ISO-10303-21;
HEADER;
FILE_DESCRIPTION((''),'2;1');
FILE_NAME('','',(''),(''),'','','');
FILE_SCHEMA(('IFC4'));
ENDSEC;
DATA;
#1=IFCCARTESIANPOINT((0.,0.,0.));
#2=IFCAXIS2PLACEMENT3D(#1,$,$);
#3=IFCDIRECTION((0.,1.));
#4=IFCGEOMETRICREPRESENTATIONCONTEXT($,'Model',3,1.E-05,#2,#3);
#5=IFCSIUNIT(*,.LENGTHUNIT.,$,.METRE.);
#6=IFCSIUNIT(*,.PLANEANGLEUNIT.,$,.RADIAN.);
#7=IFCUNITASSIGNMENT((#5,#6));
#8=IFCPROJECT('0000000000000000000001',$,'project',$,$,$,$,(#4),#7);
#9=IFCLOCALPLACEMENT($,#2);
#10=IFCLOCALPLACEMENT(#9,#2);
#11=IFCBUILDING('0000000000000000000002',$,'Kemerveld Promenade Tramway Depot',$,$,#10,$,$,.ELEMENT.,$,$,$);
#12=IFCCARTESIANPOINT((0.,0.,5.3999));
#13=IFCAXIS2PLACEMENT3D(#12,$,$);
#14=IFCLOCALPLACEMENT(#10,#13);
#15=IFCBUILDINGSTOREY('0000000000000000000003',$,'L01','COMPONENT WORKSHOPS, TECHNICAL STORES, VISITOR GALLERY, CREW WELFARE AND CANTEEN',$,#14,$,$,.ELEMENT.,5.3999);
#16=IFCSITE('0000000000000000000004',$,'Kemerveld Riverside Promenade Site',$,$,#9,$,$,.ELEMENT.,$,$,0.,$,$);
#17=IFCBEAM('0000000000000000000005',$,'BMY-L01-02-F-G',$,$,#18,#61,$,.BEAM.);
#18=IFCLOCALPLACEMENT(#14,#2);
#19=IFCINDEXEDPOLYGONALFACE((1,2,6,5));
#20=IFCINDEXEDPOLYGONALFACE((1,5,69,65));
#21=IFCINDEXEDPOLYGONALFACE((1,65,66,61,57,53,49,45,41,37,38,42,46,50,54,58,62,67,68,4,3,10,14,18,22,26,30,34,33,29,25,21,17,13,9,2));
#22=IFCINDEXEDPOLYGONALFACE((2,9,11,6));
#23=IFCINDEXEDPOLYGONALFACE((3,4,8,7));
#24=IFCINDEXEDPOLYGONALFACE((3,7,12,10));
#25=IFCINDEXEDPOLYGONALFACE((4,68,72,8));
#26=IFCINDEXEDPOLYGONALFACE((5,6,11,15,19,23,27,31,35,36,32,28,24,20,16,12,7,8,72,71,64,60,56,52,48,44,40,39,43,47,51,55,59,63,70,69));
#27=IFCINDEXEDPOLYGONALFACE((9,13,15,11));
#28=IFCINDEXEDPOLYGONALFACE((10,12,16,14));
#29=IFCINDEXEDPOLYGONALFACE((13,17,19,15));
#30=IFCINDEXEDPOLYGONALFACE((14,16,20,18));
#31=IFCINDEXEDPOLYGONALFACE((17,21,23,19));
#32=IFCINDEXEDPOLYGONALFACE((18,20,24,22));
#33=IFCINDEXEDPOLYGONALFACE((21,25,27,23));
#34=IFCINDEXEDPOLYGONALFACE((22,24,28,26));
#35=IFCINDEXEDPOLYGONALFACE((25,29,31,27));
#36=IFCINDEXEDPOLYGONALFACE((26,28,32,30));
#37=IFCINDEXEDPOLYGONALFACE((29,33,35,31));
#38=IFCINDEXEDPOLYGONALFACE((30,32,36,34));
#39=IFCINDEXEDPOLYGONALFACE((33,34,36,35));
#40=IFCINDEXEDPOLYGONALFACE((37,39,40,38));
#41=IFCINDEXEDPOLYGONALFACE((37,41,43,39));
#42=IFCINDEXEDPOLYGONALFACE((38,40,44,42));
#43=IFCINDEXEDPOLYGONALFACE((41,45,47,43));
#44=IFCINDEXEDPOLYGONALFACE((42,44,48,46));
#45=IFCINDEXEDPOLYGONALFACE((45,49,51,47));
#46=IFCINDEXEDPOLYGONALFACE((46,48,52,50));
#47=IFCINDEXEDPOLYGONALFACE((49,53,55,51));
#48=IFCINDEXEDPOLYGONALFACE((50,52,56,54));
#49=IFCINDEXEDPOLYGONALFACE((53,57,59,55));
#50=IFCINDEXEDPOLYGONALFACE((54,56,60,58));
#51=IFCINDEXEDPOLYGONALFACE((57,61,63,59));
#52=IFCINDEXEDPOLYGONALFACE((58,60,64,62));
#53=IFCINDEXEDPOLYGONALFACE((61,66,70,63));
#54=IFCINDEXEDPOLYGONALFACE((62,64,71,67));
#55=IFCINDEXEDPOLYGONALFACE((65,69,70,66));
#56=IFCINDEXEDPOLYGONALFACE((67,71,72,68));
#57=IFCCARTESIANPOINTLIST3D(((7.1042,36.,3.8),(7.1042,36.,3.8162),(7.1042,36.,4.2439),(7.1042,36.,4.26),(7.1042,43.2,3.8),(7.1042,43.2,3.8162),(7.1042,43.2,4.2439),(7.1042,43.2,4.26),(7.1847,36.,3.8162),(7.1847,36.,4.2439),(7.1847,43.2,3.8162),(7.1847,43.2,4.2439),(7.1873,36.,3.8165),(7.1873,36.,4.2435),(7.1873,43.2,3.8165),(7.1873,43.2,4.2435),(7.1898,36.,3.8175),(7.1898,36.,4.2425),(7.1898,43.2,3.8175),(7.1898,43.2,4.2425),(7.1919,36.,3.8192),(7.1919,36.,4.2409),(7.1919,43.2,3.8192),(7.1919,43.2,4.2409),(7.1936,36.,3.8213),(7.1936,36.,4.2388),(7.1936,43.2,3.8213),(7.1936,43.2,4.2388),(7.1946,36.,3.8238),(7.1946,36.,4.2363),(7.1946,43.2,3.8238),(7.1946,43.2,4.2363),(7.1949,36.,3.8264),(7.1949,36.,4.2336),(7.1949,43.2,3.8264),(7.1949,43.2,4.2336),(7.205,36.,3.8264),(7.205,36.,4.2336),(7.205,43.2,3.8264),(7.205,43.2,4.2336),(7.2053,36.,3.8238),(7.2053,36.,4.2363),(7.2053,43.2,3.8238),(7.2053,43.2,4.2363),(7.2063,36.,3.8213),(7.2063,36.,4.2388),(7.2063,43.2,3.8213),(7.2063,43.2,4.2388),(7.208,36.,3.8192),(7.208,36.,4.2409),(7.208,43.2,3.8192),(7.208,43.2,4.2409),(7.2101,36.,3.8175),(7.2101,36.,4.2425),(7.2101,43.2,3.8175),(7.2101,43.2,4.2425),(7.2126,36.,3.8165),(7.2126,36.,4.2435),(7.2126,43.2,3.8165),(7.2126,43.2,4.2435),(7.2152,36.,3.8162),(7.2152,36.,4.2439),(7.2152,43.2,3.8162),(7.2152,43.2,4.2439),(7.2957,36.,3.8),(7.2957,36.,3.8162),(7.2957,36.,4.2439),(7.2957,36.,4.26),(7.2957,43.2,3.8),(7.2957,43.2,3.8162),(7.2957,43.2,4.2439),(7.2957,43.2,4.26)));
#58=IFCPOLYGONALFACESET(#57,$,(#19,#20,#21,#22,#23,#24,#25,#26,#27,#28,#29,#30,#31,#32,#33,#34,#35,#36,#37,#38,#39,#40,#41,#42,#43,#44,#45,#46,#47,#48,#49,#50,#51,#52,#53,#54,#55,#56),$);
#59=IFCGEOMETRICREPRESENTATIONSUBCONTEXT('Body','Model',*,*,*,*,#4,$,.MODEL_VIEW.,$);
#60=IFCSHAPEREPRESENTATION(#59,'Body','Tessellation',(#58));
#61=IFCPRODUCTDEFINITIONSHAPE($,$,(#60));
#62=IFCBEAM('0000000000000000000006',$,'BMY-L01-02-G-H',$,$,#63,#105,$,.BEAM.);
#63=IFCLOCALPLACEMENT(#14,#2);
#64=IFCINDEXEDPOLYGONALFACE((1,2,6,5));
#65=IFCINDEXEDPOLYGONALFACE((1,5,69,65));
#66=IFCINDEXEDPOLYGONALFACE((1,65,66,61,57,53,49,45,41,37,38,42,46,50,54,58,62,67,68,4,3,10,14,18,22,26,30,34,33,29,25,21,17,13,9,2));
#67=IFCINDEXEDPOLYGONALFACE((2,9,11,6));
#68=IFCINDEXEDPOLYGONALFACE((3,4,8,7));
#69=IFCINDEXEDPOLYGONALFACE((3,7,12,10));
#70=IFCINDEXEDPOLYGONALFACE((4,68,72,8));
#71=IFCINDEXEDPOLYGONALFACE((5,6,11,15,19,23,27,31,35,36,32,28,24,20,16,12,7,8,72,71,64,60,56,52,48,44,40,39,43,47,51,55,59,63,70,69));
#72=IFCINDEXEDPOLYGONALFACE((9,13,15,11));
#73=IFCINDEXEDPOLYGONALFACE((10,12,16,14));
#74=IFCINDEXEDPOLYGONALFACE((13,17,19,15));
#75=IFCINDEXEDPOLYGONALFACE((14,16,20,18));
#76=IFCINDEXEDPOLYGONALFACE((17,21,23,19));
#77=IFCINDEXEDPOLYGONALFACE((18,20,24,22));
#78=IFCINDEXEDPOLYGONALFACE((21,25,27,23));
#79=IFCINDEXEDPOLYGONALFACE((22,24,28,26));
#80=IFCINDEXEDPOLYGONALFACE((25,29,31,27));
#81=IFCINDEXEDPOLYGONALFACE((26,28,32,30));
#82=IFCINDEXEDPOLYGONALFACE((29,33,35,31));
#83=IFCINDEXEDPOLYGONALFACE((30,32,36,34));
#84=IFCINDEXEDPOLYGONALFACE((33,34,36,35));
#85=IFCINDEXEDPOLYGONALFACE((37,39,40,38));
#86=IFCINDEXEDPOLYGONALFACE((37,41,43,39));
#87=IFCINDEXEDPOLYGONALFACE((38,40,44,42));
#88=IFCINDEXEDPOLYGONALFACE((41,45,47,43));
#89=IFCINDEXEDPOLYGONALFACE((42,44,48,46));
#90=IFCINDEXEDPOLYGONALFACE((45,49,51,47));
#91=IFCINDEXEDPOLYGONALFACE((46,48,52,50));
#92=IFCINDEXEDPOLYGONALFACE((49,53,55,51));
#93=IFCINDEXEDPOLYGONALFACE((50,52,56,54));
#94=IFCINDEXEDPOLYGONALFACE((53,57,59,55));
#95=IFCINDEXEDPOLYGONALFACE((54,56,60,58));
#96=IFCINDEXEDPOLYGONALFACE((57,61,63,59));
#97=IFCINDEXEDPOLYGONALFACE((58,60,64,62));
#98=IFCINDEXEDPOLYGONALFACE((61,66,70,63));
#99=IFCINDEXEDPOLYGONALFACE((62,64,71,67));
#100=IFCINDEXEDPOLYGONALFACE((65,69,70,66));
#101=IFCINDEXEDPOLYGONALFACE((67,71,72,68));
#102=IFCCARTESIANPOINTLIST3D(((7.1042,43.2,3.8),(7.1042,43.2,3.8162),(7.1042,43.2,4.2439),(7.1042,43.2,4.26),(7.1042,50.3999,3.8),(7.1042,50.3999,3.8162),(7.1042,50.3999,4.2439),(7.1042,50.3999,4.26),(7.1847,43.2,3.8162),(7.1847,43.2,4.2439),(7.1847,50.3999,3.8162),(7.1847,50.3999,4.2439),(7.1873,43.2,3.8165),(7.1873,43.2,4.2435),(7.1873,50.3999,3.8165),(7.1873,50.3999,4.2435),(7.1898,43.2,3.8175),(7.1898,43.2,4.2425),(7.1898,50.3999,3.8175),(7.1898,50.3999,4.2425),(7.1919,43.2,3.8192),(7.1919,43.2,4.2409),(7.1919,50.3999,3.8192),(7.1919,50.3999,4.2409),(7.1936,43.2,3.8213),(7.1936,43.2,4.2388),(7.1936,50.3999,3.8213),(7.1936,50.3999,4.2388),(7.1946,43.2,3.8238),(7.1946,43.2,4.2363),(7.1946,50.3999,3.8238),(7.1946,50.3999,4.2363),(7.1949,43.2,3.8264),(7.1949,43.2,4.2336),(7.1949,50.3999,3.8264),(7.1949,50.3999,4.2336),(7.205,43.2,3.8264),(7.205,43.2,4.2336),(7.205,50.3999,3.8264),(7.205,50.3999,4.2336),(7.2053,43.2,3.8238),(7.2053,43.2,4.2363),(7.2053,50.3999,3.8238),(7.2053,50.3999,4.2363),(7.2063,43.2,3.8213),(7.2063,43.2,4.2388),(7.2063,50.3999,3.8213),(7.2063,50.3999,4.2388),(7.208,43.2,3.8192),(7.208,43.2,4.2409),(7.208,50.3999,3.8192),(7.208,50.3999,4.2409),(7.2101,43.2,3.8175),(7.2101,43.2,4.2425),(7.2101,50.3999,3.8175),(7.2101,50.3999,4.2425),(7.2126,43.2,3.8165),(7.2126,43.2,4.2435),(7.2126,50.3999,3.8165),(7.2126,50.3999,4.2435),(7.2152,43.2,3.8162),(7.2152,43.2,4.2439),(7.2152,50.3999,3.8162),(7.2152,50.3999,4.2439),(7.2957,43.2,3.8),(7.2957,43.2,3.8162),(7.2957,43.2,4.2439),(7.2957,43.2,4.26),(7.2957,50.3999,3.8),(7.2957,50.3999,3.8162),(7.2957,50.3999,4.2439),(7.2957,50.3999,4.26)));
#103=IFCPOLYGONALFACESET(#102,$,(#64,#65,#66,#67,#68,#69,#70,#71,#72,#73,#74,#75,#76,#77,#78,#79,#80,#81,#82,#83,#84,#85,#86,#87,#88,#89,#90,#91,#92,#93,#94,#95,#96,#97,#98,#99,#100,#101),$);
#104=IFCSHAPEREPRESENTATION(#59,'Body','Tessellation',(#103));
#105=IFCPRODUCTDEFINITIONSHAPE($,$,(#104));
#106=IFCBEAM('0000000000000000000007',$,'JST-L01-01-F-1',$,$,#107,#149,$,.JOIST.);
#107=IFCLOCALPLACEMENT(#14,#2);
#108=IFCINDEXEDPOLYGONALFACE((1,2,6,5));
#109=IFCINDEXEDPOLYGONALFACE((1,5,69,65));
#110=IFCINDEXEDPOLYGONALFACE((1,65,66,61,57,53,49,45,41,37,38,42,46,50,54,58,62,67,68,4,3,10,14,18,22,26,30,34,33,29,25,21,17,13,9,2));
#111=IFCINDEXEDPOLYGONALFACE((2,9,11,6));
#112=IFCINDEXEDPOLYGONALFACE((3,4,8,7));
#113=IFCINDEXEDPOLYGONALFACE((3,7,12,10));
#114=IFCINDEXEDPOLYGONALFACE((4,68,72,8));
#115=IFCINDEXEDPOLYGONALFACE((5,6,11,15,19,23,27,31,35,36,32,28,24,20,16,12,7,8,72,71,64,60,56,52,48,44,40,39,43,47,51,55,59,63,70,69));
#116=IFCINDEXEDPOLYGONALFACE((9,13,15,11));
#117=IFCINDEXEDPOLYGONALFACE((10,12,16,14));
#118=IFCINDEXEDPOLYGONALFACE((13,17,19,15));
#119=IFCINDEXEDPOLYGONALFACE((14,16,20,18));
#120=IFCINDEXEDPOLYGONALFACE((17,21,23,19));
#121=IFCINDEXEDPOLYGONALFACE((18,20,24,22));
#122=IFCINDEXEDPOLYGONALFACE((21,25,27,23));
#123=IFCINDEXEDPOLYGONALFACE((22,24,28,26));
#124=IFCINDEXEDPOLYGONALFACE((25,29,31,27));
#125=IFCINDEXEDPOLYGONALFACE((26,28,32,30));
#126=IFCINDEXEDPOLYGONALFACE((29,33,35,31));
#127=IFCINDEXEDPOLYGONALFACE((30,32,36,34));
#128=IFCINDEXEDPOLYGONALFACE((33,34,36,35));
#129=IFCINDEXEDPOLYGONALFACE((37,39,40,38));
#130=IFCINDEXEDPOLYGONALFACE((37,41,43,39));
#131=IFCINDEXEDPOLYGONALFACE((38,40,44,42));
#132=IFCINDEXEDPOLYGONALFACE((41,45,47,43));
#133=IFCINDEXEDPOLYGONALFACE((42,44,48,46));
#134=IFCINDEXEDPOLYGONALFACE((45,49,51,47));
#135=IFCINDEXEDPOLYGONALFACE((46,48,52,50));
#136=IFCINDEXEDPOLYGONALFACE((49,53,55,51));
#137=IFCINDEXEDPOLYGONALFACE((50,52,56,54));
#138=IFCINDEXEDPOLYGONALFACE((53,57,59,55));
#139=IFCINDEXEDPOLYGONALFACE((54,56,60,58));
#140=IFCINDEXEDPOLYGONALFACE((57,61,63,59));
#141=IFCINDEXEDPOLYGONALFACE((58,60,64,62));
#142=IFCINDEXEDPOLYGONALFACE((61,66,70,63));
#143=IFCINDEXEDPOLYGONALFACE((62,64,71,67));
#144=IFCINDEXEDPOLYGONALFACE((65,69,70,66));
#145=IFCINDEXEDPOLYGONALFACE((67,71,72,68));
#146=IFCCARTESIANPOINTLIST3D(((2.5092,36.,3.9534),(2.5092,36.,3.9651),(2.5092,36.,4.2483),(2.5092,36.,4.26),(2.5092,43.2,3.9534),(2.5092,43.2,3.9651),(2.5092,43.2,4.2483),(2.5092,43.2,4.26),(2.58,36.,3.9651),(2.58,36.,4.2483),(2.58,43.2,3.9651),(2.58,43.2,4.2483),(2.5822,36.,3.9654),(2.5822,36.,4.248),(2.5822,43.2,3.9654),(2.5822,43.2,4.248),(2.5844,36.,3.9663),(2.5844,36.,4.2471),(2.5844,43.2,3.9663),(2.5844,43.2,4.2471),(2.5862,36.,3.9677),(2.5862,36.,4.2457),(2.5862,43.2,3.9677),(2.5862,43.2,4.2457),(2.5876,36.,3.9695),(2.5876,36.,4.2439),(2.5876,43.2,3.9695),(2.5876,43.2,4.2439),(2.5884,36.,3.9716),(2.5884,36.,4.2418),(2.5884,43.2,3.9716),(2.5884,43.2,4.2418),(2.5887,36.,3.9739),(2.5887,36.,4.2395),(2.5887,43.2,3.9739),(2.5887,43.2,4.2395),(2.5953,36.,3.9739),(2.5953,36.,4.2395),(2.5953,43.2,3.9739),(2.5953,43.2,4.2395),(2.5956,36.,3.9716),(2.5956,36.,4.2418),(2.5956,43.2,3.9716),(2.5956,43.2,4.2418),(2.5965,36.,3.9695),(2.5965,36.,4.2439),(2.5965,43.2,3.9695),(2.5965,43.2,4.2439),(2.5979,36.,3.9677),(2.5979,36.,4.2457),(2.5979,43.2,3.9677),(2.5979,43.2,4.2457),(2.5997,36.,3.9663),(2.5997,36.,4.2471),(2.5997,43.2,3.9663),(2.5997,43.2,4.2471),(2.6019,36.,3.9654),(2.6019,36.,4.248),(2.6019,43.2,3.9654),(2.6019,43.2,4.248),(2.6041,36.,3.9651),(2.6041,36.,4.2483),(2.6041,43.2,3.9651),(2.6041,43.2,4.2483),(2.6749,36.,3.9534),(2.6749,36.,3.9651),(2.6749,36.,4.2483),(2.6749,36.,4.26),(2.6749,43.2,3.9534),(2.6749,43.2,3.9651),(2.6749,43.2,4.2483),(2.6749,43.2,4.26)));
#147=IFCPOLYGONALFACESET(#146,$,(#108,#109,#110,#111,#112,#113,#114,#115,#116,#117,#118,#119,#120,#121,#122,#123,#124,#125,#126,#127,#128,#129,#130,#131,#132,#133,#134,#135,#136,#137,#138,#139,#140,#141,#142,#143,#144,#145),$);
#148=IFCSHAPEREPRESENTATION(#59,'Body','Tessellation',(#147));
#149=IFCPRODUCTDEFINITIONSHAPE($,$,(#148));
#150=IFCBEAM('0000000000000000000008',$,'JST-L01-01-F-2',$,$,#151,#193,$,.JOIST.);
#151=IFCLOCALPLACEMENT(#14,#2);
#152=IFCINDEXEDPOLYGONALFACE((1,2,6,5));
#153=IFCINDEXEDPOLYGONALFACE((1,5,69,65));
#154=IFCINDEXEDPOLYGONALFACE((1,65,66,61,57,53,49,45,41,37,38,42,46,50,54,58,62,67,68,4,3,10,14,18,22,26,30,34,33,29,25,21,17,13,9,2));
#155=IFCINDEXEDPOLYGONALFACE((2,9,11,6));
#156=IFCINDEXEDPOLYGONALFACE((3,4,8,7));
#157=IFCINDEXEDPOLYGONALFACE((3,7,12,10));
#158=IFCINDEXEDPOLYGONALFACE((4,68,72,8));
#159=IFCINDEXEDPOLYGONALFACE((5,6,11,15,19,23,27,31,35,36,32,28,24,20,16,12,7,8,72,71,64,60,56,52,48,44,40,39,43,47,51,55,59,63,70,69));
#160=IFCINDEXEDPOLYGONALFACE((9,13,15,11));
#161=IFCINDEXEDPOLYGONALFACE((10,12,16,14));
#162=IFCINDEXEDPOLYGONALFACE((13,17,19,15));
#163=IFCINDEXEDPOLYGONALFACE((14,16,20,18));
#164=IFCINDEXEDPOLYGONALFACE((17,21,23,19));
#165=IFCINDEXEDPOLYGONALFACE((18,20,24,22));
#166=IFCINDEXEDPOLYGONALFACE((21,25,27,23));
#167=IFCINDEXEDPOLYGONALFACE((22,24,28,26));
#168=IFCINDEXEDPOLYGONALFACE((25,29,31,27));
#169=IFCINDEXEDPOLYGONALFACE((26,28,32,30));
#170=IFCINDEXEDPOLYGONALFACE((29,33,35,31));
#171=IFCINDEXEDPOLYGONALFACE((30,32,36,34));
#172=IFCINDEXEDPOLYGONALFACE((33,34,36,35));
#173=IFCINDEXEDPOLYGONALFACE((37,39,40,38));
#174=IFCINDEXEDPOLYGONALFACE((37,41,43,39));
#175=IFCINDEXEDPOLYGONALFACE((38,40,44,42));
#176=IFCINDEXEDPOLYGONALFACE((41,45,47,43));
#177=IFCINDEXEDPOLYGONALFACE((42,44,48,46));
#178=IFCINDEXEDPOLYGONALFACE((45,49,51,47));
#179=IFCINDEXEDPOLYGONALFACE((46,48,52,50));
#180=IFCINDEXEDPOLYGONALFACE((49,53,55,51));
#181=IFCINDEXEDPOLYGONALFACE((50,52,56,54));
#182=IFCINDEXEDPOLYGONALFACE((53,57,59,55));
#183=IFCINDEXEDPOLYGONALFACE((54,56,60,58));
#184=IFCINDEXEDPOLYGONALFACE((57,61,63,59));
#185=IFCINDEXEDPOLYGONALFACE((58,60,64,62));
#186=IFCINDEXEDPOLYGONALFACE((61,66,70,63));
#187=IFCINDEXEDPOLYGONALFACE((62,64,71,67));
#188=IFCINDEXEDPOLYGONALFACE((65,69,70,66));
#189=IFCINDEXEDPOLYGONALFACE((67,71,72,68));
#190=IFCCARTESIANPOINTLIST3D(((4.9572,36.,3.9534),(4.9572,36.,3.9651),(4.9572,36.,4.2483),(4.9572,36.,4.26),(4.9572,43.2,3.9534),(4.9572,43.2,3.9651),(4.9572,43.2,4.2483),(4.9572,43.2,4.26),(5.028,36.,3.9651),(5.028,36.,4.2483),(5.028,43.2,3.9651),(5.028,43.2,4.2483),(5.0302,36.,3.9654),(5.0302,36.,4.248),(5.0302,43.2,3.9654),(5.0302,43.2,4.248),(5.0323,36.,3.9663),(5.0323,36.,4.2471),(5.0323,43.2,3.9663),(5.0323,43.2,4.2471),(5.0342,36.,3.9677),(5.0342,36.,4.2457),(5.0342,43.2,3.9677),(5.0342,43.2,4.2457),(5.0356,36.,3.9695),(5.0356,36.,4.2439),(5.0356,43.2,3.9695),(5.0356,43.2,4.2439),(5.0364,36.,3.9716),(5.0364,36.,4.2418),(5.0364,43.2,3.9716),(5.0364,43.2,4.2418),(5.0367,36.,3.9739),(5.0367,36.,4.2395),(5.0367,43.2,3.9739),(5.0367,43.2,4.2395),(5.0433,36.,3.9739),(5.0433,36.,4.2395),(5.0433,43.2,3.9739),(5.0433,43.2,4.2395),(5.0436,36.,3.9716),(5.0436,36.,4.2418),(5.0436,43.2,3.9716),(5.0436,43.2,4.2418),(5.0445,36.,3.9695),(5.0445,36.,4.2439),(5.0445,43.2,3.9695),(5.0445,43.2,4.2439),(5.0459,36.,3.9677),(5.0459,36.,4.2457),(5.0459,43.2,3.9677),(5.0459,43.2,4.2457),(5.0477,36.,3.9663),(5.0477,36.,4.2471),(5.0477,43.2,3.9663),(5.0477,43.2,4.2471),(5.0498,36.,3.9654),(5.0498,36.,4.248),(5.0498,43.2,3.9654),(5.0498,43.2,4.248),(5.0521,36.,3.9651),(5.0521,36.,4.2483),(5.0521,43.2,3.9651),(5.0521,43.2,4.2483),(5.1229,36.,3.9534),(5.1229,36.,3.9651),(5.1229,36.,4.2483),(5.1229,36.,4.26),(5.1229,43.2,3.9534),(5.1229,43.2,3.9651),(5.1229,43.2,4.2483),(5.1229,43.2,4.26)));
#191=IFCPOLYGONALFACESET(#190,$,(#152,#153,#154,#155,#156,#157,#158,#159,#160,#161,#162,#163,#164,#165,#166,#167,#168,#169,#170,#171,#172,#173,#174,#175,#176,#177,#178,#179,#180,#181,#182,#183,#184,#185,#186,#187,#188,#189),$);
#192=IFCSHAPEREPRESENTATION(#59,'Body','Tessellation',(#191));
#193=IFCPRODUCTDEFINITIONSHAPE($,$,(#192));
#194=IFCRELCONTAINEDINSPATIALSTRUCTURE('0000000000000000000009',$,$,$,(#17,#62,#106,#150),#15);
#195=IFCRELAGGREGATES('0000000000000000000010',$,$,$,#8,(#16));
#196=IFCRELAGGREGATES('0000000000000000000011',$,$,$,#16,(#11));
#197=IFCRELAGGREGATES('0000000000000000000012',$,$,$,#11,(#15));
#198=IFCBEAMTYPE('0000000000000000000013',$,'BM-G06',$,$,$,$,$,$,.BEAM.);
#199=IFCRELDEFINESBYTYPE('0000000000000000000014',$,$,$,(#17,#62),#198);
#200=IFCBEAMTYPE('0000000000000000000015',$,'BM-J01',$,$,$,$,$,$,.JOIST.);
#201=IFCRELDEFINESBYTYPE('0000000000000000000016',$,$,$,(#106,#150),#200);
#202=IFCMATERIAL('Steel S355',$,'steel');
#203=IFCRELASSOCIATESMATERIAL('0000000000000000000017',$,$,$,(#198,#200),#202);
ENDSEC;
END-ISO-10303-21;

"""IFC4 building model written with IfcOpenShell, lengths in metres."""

from ifc_helpers import new_model, si_unit, direction, frame, origin, origin_2d, place, context, subcontext, project, spatial, i_section, extrude, material, material_profile, profile_set, type_object, element, save


model = new_model("IFC4")

# Units and contexts
model_context = context("Model", 3, precision=1e-05, world=origin(), true_north=direction((0.0, 1.0)))
body_context = subcontext(model_context, "Body", "Model", "MODEL_VIEW")
ifc_project = project(units=[si_unit("LENGTHUNIT", "METRE"), si_unit("PLANEANGLEUNIT", "RADIAN")], contexts=[model_context])

# Site, building, storey
site_placement = place(None, origin())
site = spatial("IfcSite", under=ifc_project, at=site_placement, Name="Kemerveld Riverside Promenade Site", CompositionType="ELEMENT", RefElevation=0.0)
building_placement = place(site_placement, origin())
building = spatial("IfcBuilding", under=site, at=building_placement, Name="Kemerveld Promenade Tramway Depot", CompositionType="ELEMENT")
storey_placement = place(building_placement, frame((0.0, 0.0, 5.3999)))
storey = spatial("IfcBuildingStorey", under=building, at=storey_placement, Name="L01", Description="COMPONENT WORKSHOPS, TECHNICAL STORES, VISITOR GALLERY, CREW WELFARE AND CANTEEN", CompositionType="ELEMENT", Elevation=5.3999)

# Shared definitions
ifc_material_1 = material(Name="Steel S355", Category="steel")

# Beams
ifc_material_profile_1 = material_profile(ifc_material_1, i_section(OverallWidth=0.1914, OverallDepth=0.46, WebThickness=0.01, FlangeThickness=0.0161, FilletRadius=0.0103, at=origin_2d()), Name="457x191x82 UB")
ifc_profile_set_1 = profile_set([ifc_material_profile_1], Name="Steel S355")
beam_type_1 = type_object("IfcBeamType", Name="BM-G06", PredefinedType="BEAM", material=ifc_profile_set_1)
for number, where, z_axis, x_axis, name in (
    (1, (7.2, 36.0, 4.03), (0.0, 1.0, 0.0), (-1.0, 0.0, 0.0), "BMY-L01-02-F-G"),
    (2, (7.2, 43.2, 4.03), (0.0, 1.0, 0.0), (-1.0, 0.0, 0.0), "BMY-L01-02-G-H"),
):
    element("IfcBeam", number, at=place(storey_placement, frame(where, z_axis=z_axis, x_axis=x_axis)), inside=storey, type_object=beam_type_1, Name=name, PredefinedType="BEAM", context=body_context, shape_type="SweptSolid", body=[
        extrude(i_section(OverallWidth=0.1914, OverallDepth=0.46, WebThickness=0.01, FlangeThickness=0.0161, FilletRadius=0.0103, at=origin_2d()), origin(), (0.0, 0.0, 1.0), 7.2),
    ])
ifc_material_profile_2 = material_profile(ifc_material_1, i_section(OverallWidth=0.1658, OverallDepth=0.3066, WebThickness=0.0066, FlangeThickness=0.0117, FilletRadius=0.0088, at=origin_2d()), Name="305x165x46 UB")
ifc_profile_set_2 = profile_set([ifc_material_profile_2], Name="Steel S355")
beam_type_2 = type_object("IfcBeamType", Name="BM-J01", PredefinedType="JOIST", material=ifc_profile_set_2)
for number, where, z_axis, x_axis, name in (
    (3, (2.592, 36.0, 4.1067), (0.0, 1.0, 0.0), (-1.0, 0.0, 0.0), "JST-L01-01-F-1"),
    (4, (5.04, 36.0, 4.1067), (0.0, 1.0, 0.0), (-1.0, 0.0, 0.0), "JST-L01-01-F-2"),
):
    element("IfcBeam", number, at=place(storey_placement, frame(where, z_axis=z_axis, x_axis=x_axis)), inside=storey, type_object=beam_type_2, Name=name, PredefinedType="JOIST", context=body_context, shape_type="SweptSolid", body=[
        extrude(i_section(OverallWidth=0.1658, OverallDepth=0.3066, WebThickness=0.0066, FlangeThickness=0.0117, FilletRadius=0.0088, at=origin_2d()), origin(), (0.0, 0.0, 1.0), 7.2),
    ])

save(model, "model.ifc")
